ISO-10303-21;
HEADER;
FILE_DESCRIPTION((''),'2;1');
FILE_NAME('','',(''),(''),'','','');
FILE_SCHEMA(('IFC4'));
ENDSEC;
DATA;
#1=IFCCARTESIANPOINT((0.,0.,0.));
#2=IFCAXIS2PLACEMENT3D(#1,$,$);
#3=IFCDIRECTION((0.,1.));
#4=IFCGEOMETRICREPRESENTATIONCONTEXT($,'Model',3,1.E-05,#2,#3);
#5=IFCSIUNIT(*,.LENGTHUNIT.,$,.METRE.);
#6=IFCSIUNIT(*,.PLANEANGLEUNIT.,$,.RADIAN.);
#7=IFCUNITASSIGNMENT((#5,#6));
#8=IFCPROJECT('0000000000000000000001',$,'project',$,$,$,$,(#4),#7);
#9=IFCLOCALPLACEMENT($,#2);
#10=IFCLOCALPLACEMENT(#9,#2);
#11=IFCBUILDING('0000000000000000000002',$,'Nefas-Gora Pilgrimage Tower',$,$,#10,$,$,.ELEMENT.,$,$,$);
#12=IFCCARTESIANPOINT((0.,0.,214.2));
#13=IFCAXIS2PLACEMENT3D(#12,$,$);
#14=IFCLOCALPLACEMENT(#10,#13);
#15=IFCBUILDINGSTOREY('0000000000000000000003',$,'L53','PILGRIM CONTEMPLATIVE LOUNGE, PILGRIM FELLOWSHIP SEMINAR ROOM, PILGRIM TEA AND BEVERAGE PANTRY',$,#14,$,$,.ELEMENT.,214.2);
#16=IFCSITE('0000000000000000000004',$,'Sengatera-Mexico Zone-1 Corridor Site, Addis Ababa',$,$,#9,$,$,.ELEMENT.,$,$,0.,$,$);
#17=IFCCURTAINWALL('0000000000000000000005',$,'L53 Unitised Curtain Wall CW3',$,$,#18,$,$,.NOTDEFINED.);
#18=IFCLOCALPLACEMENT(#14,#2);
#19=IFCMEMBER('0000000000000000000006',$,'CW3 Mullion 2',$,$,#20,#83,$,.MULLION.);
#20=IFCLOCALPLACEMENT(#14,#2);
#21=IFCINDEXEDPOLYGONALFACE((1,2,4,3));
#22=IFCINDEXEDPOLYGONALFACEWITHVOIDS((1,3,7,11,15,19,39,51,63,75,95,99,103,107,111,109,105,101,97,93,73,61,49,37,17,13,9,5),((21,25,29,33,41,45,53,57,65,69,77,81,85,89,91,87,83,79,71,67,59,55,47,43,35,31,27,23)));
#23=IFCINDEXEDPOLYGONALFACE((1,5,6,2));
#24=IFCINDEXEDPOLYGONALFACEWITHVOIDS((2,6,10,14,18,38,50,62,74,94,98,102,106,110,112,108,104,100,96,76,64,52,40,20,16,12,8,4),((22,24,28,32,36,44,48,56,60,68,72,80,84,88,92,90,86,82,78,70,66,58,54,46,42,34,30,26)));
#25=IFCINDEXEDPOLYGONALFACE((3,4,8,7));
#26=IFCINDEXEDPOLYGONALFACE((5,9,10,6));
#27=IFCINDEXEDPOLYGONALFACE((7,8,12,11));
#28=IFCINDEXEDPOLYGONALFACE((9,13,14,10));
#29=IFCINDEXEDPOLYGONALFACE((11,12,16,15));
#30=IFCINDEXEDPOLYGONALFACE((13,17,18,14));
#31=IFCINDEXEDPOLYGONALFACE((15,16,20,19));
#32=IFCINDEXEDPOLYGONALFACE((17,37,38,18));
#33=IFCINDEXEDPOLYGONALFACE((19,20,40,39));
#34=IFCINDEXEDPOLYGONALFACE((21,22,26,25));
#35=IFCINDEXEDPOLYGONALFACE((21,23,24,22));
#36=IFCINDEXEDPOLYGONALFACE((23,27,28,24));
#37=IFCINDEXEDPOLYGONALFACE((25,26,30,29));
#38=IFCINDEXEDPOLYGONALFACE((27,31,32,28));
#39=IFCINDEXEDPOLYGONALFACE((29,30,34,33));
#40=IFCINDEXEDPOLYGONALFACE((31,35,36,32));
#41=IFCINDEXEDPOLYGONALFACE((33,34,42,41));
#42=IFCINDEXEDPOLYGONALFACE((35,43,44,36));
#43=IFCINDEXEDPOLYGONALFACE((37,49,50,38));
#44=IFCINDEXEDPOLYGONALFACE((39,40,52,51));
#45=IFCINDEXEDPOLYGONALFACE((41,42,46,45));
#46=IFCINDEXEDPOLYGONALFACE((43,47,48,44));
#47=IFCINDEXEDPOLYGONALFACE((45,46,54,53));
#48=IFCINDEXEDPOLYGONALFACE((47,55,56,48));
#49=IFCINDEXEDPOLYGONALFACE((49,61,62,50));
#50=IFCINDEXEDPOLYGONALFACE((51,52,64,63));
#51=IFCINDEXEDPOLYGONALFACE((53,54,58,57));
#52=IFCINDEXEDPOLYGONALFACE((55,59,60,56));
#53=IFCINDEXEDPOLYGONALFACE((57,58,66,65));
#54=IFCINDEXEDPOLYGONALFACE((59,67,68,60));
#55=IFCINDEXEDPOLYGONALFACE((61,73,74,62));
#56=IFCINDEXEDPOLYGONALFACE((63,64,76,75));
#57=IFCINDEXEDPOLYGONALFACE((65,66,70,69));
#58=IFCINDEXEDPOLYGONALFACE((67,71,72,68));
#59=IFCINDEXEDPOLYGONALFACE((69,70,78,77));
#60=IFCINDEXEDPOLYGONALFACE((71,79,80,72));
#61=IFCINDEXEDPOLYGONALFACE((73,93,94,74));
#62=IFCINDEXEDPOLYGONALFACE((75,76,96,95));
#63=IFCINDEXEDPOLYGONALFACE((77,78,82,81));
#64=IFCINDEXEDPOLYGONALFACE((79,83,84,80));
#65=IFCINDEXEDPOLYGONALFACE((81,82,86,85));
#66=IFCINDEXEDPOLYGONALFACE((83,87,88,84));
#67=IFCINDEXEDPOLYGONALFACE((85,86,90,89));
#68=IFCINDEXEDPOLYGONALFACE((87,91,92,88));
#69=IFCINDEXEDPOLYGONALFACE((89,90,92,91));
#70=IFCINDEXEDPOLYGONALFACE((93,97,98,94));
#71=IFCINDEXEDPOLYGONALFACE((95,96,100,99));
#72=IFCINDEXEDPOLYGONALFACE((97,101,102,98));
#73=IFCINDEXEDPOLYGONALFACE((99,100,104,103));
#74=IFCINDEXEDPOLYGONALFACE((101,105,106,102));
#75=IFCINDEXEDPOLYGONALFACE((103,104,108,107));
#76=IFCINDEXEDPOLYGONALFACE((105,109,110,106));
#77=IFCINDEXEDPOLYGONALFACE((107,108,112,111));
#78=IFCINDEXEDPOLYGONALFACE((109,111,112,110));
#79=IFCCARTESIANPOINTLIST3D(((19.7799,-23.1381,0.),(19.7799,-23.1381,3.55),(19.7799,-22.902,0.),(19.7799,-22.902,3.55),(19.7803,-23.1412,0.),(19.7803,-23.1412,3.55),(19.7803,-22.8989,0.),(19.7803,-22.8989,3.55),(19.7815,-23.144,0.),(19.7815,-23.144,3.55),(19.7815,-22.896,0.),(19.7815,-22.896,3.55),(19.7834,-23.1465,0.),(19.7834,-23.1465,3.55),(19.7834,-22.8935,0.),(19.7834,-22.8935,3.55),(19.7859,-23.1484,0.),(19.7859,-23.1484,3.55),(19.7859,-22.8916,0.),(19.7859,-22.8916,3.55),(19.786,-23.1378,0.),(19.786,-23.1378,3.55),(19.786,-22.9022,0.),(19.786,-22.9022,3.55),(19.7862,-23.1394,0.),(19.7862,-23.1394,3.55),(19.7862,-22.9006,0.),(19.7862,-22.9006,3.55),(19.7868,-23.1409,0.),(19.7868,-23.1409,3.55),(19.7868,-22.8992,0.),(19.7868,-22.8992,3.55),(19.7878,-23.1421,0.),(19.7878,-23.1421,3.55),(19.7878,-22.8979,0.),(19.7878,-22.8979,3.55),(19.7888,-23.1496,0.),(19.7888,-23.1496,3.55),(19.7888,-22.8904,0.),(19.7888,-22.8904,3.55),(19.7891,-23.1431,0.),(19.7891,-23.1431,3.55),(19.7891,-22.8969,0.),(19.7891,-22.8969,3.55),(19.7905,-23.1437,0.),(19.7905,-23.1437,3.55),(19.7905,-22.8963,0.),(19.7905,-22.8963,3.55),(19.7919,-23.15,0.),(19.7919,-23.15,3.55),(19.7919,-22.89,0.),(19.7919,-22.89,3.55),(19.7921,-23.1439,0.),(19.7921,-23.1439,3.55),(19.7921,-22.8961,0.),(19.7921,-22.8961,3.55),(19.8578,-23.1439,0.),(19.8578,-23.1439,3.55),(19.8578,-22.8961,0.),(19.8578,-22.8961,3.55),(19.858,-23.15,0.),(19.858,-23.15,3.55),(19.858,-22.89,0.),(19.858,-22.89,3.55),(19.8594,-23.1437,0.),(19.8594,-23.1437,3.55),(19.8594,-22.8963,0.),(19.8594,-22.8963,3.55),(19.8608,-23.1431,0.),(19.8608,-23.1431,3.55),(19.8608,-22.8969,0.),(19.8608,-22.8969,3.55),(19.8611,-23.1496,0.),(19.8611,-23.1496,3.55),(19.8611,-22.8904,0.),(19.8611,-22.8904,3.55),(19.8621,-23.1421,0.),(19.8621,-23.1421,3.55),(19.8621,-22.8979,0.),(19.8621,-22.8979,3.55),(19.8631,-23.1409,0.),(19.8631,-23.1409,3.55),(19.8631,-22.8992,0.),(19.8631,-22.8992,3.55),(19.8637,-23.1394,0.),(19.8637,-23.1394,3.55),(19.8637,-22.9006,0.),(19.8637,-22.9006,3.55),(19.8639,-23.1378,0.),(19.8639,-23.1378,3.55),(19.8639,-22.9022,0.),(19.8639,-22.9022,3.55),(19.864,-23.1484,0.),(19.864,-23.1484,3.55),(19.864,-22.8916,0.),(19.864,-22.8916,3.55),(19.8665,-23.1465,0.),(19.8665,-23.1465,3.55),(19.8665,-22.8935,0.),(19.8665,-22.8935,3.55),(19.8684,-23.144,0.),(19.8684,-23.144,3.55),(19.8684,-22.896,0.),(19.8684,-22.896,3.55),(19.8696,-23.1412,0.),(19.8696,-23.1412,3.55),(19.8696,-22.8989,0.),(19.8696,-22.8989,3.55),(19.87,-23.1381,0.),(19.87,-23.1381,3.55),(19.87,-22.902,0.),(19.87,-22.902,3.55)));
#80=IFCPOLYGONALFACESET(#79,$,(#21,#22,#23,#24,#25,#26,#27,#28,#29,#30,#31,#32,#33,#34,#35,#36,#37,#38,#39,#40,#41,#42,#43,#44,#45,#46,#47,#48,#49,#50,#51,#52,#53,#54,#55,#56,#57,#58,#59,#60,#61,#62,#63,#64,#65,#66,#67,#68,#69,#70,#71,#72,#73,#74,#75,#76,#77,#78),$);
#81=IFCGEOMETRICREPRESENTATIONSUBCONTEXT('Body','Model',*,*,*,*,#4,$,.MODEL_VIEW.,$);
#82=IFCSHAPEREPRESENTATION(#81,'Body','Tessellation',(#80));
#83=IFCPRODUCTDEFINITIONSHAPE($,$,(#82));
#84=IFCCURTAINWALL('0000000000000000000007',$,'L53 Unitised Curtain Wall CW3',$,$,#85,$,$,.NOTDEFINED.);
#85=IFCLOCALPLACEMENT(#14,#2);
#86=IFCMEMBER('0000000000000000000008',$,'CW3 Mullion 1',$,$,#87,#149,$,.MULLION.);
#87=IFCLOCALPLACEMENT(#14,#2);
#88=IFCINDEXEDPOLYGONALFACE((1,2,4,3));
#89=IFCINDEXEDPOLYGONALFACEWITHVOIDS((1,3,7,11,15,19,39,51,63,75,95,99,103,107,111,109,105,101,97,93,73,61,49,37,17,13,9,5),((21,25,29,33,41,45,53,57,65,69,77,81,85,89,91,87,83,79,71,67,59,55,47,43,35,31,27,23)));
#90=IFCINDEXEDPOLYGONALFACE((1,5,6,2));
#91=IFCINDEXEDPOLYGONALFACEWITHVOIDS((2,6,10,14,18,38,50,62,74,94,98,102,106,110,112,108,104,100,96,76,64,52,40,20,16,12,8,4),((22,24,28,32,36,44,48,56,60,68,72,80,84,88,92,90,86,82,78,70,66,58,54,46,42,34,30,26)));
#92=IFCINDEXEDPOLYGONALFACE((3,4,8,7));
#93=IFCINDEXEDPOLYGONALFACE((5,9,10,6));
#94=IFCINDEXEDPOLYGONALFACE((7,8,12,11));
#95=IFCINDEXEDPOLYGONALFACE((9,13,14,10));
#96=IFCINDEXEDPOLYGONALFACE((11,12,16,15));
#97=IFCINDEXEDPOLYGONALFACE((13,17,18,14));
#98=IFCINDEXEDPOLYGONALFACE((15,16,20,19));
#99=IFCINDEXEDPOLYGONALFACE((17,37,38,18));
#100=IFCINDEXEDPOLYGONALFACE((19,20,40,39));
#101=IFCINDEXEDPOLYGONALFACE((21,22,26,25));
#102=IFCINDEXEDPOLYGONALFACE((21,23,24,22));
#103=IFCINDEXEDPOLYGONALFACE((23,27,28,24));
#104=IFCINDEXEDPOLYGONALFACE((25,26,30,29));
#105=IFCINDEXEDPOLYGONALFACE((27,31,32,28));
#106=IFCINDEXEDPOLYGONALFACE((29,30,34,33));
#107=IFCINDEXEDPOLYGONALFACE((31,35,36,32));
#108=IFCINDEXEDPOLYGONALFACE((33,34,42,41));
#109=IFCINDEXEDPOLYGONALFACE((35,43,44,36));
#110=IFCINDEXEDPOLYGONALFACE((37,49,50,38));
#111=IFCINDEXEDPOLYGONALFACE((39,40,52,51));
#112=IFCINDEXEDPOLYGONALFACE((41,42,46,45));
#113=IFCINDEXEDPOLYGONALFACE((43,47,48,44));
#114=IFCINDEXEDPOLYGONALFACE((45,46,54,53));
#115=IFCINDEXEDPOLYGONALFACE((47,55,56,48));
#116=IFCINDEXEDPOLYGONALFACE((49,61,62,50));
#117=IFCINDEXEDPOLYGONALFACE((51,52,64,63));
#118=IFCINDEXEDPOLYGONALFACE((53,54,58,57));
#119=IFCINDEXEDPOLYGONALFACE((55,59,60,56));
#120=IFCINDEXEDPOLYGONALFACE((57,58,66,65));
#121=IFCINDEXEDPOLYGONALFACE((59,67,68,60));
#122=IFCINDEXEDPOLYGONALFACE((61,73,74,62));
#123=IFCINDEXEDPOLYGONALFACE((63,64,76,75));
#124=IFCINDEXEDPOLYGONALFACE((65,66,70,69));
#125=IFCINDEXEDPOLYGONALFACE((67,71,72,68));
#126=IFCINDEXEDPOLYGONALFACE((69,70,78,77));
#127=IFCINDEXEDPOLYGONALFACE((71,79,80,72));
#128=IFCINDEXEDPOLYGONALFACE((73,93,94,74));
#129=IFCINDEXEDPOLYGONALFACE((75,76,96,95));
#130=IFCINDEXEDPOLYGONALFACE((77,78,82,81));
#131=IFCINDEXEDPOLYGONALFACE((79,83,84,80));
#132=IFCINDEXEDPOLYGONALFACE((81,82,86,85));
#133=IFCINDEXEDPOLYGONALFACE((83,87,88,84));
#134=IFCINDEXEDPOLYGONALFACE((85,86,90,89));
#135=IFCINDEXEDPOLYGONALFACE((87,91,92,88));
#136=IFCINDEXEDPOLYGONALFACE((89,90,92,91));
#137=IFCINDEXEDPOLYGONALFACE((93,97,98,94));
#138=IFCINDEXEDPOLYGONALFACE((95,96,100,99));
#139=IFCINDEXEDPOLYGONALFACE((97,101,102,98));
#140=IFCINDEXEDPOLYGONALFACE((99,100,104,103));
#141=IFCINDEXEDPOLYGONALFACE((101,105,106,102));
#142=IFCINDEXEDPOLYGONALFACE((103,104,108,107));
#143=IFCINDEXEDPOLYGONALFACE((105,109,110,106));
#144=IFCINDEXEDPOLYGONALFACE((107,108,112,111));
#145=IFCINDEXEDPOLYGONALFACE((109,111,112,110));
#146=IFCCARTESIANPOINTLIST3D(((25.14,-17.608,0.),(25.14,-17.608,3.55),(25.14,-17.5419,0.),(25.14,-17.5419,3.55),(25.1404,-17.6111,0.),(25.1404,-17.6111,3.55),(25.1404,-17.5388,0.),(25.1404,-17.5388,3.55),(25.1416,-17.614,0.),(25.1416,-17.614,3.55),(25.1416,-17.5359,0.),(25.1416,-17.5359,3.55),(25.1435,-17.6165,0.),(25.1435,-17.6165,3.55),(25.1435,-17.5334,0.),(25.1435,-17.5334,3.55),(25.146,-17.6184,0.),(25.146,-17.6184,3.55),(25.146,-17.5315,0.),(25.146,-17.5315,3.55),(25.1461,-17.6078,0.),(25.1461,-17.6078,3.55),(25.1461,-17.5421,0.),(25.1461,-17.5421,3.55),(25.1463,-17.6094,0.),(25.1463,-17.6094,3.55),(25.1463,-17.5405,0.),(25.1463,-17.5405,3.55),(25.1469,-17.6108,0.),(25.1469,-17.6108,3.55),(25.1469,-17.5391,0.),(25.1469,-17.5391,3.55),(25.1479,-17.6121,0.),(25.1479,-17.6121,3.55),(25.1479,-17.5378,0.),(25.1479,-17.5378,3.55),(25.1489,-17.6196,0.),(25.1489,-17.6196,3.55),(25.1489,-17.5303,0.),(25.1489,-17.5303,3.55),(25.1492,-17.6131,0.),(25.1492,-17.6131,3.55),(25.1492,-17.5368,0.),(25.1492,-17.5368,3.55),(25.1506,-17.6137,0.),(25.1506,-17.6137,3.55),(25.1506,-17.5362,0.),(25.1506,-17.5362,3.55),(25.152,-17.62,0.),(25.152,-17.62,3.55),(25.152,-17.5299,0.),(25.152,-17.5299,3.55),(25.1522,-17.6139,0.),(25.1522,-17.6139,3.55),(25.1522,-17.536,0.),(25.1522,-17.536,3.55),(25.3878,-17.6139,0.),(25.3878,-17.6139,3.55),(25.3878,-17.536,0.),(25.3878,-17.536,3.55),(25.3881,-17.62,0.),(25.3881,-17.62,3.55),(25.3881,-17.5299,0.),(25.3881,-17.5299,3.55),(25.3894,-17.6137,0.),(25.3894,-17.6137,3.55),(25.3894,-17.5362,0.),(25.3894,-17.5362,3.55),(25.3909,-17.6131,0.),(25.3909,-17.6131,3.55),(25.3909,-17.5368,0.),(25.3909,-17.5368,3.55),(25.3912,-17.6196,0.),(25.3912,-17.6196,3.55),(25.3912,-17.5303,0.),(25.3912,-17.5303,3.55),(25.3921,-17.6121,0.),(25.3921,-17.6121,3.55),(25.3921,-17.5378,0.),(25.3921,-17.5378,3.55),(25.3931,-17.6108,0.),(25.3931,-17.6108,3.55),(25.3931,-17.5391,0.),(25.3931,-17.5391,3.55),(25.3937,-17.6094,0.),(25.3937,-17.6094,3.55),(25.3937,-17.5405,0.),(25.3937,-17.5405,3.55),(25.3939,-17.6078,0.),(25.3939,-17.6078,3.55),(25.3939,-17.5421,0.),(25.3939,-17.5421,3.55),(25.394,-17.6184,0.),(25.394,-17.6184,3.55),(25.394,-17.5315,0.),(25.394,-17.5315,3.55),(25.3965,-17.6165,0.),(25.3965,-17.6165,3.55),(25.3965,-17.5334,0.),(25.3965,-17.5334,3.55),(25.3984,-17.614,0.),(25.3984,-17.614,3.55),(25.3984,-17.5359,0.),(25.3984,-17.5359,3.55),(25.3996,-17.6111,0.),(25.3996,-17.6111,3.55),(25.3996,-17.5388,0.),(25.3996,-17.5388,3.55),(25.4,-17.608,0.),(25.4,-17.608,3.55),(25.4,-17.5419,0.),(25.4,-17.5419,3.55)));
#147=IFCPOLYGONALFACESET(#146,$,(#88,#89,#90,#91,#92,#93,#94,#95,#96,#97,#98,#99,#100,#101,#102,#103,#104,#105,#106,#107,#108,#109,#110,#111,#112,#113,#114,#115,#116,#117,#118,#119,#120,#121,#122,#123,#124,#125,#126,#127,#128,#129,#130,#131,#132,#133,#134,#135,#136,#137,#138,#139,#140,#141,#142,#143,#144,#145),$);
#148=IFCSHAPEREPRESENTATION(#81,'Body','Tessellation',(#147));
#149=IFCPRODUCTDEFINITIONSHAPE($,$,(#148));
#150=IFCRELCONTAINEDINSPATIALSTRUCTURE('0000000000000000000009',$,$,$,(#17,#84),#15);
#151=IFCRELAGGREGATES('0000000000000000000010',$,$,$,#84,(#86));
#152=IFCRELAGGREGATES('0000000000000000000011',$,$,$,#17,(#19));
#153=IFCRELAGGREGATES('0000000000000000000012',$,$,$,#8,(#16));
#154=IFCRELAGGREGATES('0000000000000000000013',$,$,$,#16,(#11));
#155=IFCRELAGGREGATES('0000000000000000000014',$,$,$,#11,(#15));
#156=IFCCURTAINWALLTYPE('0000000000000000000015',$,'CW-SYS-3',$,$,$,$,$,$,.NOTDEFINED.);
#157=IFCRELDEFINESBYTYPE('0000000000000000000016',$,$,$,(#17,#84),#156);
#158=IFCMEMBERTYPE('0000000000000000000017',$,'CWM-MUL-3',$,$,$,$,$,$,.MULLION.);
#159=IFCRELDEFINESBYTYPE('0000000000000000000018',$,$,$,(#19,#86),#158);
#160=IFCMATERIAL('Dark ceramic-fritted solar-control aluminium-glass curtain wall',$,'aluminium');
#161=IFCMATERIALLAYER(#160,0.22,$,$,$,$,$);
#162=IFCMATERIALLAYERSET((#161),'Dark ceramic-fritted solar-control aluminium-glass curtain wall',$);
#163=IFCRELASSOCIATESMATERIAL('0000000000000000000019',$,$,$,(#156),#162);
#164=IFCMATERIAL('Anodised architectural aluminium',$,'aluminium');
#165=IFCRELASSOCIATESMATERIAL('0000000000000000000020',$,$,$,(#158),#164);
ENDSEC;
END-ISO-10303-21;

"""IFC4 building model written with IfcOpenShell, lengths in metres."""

from ifc_helpers import new_model, si_unit, direction, frame, origin, origin_2d, place, context, subcontext, project, spatial, hollow_rectangle, extrude, source, transform, mapped, material, layer, layer_set, material_profile, profile_set, type_object, element, aggregate, save


model = new_model("IFC4")

# Units and contexts
model_context = context("Model", 3, precision=1e-05, world=origin(), true_north=direction((0.0, 1.0)))
body_context = subcontext(model_context, "Body", "Model", "MODEL_VIEW")
ifc_project = project(units=[si_unit("LENGTHUNIT", "METRE"), si_unit("PLANEANGLEUNIT", "RADIAN")], contexts=[model_context])

# Site, building, storey
site_placement = place(None, origin())
site = spatial("IfcSite", under=ifc_project, at=site_placement, Name="Sengatera-Mexico Zone-1 Corridor Site, Addis Ababa", CompositionType="ELEMENT", RefElevation=0.0)
building_placement = place(site_placement, origin())
building = spatial("IfcBuilding", under=site, at=building_placement, Name="Nefas-Gora Pilgrimage Tower", CompositionType="ELEMENT")
storey_placement = place(building_placement, frame((0.0, 0.0, 214.2)))
storey = spatial("IfcBuildingStorey", under=building, at=storey_placement, Name="L53", Description="PILGRIM CONTEMPLATIVE LOUNGE, PILGRIM FELLOWSHIP SEMINAR ROOM, PILGRIM TEA AND BEVERAGE PANTRY", CompositionType="ELEMENT", Elevation=214.2)

# Curtain wall, member
ifc_material_1 = material(Name="Dark ceramic-fritted solar-control aluminium-glass curtain wall", Category="aluminium")
ifc_layer_1 = layer(ifc_material_1, 0.22)
ifc_layer_set_1 = layer_set([ifc_layer_1], Name="Dark ceramic-fritted solar-control aluminium-glass curtain wall")
curtain_wall_type = type_object("IfcCurtainWallType", Name="CW-SYS-3", PredefinedType="NOTDEFINED", material=ifc_layer_set_1)
curtain_wall_1_placement = place(storey_placement, origin())
curtain_wall_1 = element("IfcCurtainWall", 1, at=curtain_wall_1_placement, inside=storey, type_object=curtain_wall_type, Name="L53 Unitised Curtain Wall CW3", PredefinedType="NOTDEFINED")
ifc_material_2 = material(Name="Anodised architectural aluminium", Category="aluminium")
ifc_material_profile_1 = material_profile(ifc_material_2, hollow_rectangle(XDim=0.0901, YDim=0.26, WallThickness=0.0061, InnerFilletRadius=0.0061, OuterFilletRadius=0.012, at=origin_2d()), Name="ALU MULLION 90x260")
ifc_profile_set_1 = profile_set([ifc_material_profile_1], Name="Anodised architectural aluminium")
member_type_1 = type_object("IfcMemberType", Name="CWM-MUL-3", PredefinedType="MULLION", material=ifc_profile_set_1)
shared_shape_1 = source(origin(), body_context, "Body", "SweptSolid", [
    extrude(hollow_rectangle(XDim=0.0901, YDim=0.26, WallThickness=0.0061, InnerFilletRadius=0.0061, OuterFilletRadius=0.012, at=origin_2d()), origin(), (0.0, 0.0, 1.0), 3.55),
])
member_1_placement = place(storey_placement, frame((19.825, -23.02, 0.0), z_axis=(0.0, 0.0, 1.0), x_axis=(1.0, 0.0, 0.0)))
member_1 = element("IfcMember", 2, at=member_1_placement, type_object=member_type_1, Name="CW3 Mullion 2", PredefinedType="MULLION", context=body_context, shape_type="MappedRepresentation", body=[
    mapped(shared_shape_1, transform((0.0, 0.0, 0.0), x_axis=(1.0, 0.0, 0.0), y_axis=(0.0, 1.0, 0.0), z_axis=(0.0, 0.0, 1.0), scale=1.0)),
])

# Curtain wall, member
curtain_wall_2_placement = place(storey_placement, origin())
curtain_wall_2 = element("IfcCurtainWall", 3, at=curtain_wall_2_placement, inside=storey, type_object=curtain_wall_type, Name="L53 Unitised Curtain Wall CW3", PredefinedType="NOTDEFINED")
member_2_placement = place(storey_placement, frame((25.27, -17.575, 0.0), z_axis=(0.0, 0.0, 1.0), x_axis=(0.0, 1.0, 0.0)))
member_2 = element("IfcMember", 4, at=member_2_placement, type_object=member_type_1, Name="CW3 Mullion 1", PredefinedType="MULLION", context=body_context, shape_type="MappedRepresentation", body=[
    mapped(shared_shape_1, transform((0.0, 0.0, 0.0), x_axis=(1.0, 0.0, 0.0), y_axis=(0.0, 1.0, 0.0), z_axis=(0.0, 0.0, 1.0), scale=1.0)),
])

aggregate(curtain_wall_2, [member_2])

aggregate(curtain_wall_1, [member_1])

save(model, "model.ifc")
